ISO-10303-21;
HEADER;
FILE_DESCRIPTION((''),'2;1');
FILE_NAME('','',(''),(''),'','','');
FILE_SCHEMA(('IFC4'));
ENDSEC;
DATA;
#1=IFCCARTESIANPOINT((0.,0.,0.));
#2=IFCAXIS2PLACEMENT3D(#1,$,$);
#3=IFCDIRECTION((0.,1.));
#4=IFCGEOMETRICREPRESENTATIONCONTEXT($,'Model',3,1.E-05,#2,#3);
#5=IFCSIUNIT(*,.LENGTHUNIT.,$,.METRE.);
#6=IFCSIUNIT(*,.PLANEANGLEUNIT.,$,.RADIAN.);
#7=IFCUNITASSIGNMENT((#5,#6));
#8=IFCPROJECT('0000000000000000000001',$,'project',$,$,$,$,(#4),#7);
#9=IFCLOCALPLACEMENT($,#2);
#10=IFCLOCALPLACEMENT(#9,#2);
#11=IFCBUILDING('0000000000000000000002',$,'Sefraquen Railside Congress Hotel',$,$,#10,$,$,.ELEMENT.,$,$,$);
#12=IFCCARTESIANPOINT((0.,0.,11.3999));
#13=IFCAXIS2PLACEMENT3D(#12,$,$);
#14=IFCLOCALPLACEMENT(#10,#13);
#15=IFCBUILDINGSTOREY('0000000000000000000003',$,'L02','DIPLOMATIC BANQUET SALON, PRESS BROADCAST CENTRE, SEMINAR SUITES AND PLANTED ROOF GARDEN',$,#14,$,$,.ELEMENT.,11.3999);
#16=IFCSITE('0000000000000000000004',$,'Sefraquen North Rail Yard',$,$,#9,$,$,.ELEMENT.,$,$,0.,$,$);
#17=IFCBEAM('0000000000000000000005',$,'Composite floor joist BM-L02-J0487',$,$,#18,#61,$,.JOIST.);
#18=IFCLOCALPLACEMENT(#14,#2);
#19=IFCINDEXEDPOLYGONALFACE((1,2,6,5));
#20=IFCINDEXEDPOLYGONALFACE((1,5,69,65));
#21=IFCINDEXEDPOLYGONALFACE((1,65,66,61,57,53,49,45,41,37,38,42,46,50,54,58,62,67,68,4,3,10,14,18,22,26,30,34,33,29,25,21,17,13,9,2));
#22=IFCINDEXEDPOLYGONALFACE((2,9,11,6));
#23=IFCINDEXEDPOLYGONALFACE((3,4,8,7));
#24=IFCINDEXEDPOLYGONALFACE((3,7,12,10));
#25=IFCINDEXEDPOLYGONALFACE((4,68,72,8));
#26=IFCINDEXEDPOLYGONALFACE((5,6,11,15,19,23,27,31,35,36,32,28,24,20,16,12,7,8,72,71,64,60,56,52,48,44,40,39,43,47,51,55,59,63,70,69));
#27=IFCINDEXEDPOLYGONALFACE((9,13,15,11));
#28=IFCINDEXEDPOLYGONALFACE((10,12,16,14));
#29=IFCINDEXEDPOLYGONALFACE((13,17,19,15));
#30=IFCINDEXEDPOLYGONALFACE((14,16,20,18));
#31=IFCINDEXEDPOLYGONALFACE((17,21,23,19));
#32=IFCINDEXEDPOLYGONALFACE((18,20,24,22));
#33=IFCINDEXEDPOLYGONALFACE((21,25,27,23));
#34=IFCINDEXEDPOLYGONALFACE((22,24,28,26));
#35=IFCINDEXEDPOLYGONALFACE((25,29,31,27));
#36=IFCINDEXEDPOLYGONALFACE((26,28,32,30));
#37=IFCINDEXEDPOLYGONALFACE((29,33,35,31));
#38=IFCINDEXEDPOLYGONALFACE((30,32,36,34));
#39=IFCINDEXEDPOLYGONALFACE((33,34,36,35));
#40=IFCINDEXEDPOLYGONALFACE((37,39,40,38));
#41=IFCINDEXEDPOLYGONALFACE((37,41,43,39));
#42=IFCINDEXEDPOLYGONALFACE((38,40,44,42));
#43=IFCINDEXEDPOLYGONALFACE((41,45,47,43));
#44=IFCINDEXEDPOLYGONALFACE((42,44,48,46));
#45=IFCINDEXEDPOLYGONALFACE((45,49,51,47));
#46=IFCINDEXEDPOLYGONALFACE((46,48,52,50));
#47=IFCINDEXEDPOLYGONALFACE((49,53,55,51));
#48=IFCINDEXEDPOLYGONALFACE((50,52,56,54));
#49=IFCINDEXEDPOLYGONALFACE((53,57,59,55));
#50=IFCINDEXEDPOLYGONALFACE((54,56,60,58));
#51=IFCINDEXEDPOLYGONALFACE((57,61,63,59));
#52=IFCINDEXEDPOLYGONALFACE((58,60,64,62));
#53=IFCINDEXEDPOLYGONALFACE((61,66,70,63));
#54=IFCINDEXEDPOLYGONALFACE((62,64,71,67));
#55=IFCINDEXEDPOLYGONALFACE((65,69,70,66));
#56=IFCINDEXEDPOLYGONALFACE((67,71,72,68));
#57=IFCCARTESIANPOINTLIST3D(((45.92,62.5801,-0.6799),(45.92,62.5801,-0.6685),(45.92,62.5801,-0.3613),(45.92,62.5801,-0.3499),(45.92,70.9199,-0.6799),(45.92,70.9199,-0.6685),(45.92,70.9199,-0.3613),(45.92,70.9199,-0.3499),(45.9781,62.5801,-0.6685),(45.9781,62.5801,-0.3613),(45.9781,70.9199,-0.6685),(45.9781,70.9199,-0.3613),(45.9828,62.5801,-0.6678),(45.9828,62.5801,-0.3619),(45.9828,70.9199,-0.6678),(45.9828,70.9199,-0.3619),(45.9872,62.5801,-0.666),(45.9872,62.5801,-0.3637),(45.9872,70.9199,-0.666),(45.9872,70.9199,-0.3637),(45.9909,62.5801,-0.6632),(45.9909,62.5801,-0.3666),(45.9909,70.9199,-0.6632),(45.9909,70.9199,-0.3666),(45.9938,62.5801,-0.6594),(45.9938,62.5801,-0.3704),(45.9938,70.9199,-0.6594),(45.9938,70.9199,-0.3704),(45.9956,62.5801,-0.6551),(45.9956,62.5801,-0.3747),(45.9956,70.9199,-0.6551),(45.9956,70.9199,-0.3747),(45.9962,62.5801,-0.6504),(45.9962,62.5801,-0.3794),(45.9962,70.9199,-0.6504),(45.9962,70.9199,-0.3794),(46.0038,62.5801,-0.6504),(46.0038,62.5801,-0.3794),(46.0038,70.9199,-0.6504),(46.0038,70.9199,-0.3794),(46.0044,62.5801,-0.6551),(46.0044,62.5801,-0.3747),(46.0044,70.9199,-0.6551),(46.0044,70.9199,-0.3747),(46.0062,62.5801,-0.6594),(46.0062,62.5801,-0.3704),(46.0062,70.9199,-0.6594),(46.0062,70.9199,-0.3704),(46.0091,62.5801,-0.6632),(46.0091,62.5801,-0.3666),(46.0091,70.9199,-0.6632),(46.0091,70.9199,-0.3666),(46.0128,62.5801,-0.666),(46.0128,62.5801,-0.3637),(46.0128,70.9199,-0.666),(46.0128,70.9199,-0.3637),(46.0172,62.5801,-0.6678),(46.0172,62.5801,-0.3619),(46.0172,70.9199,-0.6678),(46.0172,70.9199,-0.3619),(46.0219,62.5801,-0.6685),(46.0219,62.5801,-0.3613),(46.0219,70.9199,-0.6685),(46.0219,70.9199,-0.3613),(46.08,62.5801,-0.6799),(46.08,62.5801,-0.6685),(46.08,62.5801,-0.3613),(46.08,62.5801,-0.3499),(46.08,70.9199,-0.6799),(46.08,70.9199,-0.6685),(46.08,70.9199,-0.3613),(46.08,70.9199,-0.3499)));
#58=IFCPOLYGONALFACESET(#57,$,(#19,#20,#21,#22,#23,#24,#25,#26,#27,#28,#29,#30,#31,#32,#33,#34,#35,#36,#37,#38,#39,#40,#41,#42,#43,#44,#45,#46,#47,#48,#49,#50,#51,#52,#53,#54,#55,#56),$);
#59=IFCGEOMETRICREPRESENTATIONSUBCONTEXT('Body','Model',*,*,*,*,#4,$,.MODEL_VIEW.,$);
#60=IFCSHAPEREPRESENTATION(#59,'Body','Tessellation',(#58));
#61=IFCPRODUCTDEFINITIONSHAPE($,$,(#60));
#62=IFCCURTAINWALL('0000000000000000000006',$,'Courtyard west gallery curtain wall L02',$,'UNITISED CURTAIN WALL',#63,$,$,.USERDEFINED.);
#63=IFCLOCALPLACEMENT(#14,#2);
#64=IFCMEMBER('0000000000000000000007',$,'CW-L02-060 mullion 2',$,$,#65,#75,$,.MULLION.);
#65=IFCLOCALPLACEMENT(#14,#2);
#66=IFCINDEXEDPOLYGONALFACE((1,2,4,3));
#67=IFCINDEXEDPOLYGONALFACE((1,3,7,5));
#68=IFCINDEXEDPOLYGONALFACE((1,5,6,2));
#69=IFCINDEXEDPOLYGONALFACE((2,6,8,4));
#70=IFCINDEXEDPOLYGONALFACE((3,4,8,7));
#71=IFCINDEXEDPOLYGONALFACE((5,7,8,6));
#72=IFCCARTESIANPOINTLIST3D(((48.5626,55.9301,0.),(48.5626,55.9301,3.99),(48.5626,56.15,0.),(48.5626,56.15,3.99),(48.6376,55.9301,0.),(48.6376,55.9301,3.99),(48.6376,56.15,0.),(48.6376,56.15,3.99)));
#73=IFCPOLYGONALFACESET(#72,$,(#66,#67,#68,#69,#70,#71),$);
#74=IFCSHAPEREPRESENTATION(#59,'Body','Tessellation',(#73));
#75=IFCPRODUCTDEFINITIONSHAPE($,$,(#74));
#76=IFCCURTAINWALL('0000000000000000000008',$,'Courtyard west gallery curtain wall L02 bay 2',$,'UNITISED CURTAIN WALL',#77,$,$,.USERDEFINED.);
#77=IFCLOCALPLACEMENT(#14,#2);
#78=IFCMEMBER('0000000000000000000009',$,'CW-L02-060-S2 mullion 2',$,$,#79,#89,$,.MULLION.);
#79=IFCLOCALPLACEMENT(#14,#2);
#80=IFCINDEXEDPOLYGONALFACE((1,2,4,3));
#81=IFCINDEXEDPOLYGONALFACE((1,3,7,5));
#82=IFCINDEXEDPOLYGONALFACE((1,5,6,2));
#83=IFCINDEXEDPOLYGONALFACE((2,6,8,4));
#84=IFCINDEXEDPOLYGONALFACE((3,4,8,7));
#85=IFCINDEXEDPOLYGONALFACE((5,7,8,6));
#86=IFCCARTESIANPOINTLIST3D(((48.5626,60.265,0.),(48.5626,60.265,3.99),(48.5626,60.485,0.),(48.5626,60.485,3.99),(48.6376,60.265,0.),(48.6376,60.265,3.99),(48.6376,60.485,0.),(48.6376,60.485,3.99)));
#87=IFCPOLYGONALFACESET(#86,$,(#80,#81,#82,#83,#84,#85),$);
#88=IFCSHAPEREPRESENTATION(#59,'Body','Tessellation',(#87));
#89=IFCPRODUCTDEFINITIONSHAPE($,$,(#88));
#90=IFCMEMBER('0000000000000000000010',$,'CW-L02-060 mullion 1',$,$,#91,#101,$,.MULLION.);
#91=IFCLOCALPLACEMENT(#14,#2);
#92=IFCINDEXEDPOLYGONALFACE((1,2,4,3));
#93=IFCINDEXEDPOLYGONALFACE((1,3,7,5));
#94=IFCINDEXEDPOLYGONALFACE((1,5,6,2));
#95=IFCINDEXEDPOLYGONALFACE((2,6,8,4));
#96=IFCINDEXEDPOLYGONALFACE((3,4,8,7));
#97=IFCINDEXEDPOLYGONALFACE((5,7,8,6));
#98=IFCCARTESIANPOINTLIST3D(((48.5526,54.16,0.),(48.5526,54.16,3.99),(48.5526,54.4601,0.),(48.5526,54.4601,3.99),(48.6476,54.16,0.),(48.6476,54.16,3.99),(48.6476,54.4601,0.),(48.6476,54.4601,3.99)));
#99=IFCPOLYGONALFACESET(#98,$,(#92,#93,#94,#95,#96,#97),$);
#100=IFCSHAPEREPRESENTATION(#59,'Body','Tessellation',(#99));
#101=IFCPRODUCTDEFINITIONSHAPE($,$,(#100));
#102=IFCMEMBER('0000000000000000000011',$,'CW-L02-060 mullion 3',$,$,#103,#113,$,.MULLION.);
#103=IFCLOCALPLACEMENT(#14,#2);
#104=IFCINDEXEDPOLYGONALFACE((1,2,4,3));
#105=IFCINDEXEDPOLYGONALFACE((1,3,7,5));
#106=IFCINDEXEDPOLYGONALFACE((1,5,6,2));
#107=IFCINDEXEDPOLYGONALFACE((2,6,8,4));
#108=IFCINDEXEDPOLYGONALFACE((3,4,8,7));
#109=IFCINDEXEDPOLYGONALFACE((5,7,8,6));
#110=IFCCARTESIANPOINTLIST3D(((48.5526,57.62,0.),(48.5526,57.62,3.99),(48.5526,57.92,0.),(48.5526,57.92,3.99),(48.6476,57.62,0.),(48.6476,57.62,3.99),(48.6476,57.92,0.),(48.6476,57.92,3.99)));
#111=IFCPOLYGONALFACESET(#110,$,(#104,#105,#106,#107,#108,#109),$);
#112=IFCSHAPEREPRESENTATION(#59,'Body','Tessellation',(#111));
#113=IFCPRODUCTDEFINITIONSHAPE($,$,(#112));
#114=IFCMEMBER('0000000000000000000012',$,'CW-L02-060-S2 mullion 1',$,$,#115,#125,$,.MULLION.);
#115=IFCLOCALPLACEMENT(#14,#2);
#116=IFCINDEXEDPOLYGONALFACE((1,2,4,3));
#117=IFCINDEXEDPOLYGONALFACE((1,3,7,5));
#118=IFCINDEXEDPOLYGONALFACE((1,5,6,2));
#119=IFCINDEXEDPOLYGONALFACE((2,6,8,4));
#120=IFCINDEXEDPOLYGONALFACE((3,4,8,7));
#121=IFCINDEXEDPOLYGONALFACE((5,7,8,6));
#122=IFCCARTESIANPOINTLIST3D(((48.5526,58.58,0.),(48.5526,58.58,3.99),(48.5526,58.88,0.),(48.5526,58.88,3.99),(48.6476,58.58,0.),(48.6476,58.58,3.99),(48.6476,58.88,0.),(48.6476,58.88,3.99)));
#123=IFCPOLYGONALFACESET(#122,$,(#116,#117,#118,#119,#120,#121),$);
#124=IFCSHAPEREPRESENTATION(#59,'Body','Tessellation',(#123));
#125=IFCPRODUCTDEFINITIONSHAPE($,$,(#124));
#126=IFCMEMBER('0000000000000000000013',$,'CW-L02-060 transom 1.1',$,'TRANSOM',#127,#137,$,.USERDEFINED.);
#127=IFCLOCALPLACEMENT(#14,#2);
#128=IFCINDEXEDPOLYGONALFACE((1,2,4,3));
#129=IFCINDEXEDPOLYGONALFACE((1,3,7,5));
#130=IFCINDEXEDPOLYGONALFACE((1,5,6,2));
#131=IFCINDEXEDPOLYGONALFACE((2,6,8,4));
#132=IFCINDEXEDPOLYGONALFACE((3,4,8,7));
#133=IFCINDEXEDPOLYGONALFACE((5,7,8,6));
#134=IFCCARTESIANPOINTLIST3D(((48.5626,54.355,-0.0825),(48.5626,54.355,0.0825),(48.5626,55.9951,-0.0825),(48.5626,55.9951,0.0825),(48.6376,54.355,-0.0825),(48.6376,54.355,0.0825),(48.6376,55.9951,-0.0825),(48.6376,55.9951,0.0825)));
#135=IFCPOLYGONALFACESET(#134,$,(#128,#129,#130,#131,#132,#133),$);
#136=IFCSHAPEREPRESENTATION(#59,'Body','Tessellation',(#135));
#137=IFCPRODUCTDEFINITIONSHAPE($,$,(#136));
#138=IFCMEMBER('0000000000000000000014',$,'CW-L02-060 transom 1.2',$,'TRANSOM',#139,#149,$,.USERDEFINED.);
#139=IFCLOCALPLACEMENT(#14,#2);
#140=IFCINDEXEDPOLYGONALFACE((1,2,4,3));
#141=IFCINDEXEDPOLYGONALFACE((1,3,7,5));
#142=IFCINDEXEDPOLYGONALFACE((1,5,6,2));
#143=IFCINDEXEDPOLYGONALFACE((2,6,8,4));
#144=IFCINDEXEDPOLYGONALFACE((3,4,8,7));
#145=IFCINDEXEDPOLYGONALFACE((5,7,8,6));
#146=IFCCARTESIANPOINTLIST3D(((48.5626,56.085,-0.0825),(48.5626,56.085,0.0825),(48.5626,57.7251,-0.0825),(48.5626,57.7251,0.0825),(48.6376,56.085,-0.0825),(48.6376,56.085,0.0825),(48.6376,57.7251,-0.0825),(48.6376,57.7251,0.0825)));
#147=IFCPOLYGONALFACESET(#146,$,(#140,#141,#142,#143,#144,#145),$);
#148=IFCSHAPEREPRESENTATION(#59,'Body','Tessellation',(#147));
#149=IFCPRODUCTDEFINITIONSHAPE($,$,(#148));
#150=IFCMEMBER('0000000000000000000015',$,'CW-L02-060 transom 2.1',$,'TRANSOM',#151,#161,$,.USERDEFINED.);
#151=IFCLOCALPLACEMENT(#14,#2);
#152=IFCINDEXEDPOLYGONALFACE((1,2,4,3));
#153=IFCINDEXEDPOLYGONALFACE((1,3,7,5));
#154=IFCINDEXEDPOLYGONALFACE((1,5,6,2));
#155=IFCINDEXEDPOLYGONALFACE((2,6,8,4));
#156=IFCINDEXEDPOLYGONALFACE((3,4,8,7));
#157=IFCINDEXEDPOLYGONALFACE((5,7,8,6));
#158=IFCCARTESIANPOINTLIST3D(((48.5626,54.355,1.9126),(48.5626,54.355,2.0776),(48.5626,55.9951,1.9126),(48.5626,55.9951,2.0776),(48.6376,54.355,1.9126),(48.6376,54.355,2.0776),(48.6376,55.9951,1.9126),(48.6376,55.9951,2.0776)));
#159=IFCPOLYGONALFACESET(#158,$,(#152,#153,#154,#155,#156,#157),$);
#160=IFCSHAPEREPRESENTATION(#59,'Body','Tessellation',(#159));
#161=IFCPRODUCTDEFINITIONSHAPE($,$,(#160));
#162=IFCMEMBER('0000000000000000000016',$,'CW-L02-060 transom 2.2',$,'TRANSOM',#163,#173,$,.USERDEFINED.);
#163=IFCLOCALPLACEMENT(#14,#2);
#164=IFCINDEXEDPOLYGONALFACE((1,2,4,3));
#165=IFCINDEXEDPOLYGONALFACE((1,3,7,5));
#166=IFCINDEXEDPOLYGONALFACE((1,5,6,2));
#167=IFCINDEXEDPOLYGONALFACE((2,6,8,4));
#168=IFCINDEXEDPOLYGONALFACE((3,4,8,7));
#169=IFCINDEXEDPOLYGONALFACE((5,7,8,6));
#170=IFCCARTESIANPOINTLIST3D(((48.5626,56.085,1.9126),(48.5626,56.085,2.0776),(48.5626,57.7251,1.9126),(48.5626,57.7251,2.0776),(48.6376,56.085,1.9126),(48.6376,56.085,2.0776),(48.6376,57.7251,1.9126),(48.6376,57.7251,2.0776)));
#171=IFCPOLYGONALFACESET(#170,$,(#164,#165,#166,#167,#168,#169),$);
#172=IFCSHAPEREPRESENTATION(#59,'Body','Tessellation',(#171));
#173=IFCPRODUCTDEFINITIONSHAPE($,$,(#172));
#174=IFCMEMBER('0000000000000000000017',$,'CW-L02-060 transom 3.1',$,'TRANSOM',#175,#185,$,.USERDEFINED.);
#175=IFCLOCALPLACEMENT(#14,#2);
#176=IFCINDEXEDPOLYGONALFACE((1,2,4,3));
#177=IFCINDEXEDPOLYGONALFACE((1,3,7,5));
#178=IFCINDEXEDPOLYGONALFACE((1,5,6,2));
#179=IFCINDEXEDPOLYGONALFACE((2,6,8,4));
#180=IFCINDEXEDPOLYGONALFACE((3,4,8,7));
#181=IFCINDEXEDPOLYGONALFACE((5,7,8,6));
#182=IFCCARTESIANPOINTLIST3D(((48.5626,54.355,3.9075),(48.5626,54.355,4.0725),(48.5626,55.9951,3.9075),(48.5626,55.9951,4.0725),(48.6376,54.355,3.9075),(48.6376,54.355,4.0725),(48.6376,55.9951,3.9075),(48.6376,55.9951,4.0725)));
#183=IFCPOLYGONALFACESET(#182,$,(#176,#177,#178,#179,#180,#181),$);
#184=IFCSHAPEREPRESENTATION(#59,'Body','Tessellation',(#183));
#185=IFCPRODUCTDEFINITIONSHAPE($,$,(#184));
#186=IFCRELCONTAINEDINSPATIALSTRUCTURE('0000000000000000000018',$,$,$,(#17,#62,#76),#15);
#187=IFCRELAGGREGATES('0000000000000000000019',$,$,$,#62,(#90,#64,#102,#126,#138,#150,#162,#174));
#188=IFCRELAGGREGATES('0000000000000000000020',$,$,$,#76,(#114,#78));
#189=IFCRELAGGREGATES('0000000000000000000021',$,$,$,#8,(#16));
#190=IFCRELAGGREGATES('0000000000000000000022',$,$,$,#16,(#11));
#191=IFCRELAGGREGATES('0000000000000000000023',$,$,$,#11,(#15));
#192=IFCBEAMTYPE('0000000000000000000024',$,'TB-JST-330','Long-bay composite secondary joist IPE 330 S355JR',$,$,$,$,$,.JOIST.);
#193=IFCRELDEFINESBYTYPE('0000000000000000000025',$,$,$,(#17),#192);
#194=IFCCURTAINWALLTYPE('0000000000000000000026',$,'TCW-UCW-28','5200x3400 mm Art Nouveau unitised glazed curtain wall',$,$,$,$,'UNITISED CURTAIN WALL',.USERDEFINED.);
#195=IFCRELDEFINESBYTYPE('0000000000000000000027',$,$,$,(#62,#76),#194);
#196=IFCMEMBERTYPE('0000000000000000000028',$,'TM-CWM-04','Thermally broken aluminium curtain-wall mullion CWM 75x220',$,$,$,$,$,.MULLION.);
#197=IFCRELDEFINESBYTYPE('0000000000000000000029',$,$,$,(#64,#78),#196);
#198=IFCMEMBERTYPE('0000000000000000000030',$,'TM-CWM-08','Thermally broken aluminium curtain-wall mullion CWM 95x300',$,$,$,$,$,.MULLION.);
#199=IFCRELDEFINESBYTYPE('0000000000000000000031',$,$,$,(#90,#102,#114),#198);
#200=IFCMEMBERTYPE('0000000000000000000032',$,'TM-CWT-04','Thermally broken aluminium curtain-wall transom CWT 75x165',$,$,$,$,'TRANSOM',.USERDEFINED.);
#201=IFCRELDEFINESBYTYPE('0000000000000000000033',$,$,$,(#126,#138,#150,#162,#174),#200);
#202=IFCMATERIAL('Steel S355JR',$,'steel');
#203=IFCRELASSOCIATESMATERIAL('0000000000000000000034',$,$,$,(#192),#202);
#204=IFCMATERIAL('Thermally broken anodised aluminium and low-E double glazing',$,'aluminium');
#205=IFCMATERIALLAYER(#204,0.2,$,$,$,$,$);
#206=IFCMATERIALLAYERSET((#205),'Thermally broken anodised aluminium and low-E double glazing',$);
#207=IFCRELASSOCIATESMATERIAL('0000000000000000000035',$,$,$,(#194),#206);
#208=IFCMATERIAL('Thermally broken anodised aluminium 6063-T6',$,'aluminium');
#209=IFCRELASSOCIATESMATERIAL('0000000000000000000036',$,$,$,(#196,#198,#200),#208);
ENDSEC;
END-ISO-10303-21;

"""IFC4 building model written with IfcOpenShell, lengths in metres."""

from ifc_helpers import new_model, si_unit, direction, frame, origin, origin_2d, place, context, subcontext, project, spatial, rectangle, i_section, extrude, material, layer, layer_set, material_profile, profile_set, type_object, element, aggregate, save


model = new_model("IFC4")

# Units and contexts
model_context = context("Model", 3, precision=1e-05, world=origin(), true_north=direction((0.0, 1.0)))
body_context = subcontext(model_context, "Body", "Model", "MODEL_VIEW")
ifc_project = project(units=[si_unit("LENGTHUNIT", "METRE"), si_unit("PLANEANGLEUNIT", "RADIAN")], contexts=[model_context])

# Site, building, storey
site_placement = place(None, origin())
site = spatial("IfcSite", under=ifc_project, at=site_placement, Name="Sefraquen North Rail Yard", CompositionType="ELEMENT", RefElevation=0.0)
building_placement = place(site_placement, origin())
building = spatial("IfcBuilding", under=site, at=building_placement, Name="Sefraquen Railside Congress Hotel", CompositionType="ELEMENT")
storey_placement = place(building_placement, frame((0.0, 0.0, 11.3999)))
storey = spatial("IfcBuildingStorey", under=building, at=storey_placement, Name="L02", Description="DIPLOMATIC BANQUET SALON, PRESS BROADCAST CENTRE, SEMINAR SUITES AND PLANTED ROOF GARDEN", CompositionType="ELEMENT", Elevation=11.3999)

# Shared definitions
ifc_material_1 = material(Name="Steel S355JR", Category="steel")

# Beam
ifc_material_profile_1 = material_profile(ifc_material_1, i_section(OverallWidth=0.1599, OverallDepth=0.3301, WebThickness=0.0076, FlangeThickness=0.0115, FilletRadius=0.0181, at=origin_2d()), Name="IPE 330")
ifc_profile_set_1 = profile_set([ifc_material_profile_1], Name="Steel S355JR")
beam_type_1 = type_object("IfcBeamType", Name="TB-JST-330", Description="Long-bay composite secondary joist IPE 330 S355JR", PredefinedType="JOIST", material=ifc_profile_set_1)
beam_1_placement = place(storey_placement, frame((46.0, 62.5801, -0.5149), z_axis=(0.0, 1.0, 0.0), x_axis=(-1.0, 0.0, 0.0)))
element("IfcBeam", 1, at=beam_1_placement, inside=storey, type_object=beam_type_1, Name="Composite floor joist BM-L02-J0487", PredefinedType="JOIST", context=body_context, shape_type="SweptSolid", body=[
    extrude(i_section(OverallWidth=0.1599, OverallDepth=0.3301, WebThickness=0.0076, FlangeThickness=0.0115, FilletRadius=0.0181, at=origin_2d()), origin(), (0.0, 0.0, 1.0), 8.3398),
])

# Curtain walls, members
ifc_material_2 = material(Name="Thermally broken anodised aluminium and low-E double glazing", Category="aluminium")
ifc_layer_1 = layer(ifc_material_2, 0.2)
ifc_layer_set_1 = layer_set([ifc_layer_1], Name="Thermally broken anodised aluminium and low-E double glazing")
curtain_wall_type = type_object("IfcCurtainWallType", Name="TCW-UCW-28", Description="5200x3400 mm Art Nouveau unitised glazed curtain wall", ElementType="UNITISED CURTAIN WALL", PredefinedType="USERDEFINED", material=ifc_layer_set_1)
curtain_wall_1_placement = place(storey_placement, origin())
curtain_wall_1 = element("IfcCurtainWall", 2, at=curtain_wall_1_placement, inside=storey, type_object=curtain_wall_type, Name="Courtyard west gallery curtain wall L02", ObjectType="UNITISED CURTAIN WALL", PredefinedType="USERDEFINED")
ifc_material_3 = material(Name="Thermally broken anodised aluminium 6063-T6", Category="aluminium")
ifc_material_profile_2 = material_profile(ifc_material_3, rectangle(XDim=0.075, YDim=0.22, at=origin_2d()), Name="CWM 75x220")
ifc_profile_set_2 = profile_set([ifc_material_profile_2], Name="Thermally broken anodised aluminium 6063-T6")
member_type_1 = type_object("IfcMemberType", Name="TM-CWM-04", Description="Thermally broken aluminium curtain-wall mullion CWM 75x220", PredefinedType="MULLION", material=ifc_profile_set_2)
member_1_placement = place(storey_placement, frame((48.6001, 56.04, 0.0), z_axis=(0.0, 0.0, 1.0), x_axis=(1.0, 0.0, 0.0)))
member_1 = element("IfcMember", 3, at=member_1_placement, type_object=member_type_1, Name="CW-L02-060 mullion 2", PredefinedType="MULLION", context=body_context, shape_type="SweptSolid", body=[
    extrude(rectangle(XDim=0.075, YDim=0.22, at=origin_2d()), origin(), (0.0, 0.0, 1.0), 3.99),
])
curtain_wall_2_placement = place(storey_placement, origin())
curtain_wall_2 = element("IfcCurtainWall", 4, at=curtain_wall_2_placement, inside=storey, type_object=curtain_wall_type, Name="Courtyard west gallery curtain wall L02 bay 2", ObjectType="UNITISED CURTAIN WALL", PredefinedType="USERDEFINED")
member_2_placement = place(storey_placement, frame((48.6001, 60.375, 0.0), z_axis=(0.0, 0.0, 1.0), x_axis=(1.0, 0.0, 0.0)))
member_2 = element("IfcMember", 5, at=member_2_placement, type_object=member_type_1, Name="CW-L02-060-S2 mullion 2", PredefinedType="MULLION", context=body_context, shape_type="SweptSolid", body=[
    extrude(rectangle(XDim=0.075, YDim=0.22, at=origin_2d()), origin(), (0.0, 0.0, 1.0), 3.99),
])

# Members
ifc_material_profile_3 = material_profile(ifc_material_3, rectangle(XDim=0.095, YDim=0.3, at=origin_2d()), Name="CWM 95x300")
ifc_profile_set_3 = profile_set([ifc_material_profile_3], Name="Thermally broken anodised aluminium 6063-T6")
member_type_2 = type_object("IfcMemberType", Name="TM-CWM-08", Description="Thermally broken aluminium curtain-wall mullion CWM 95x300", PredefinedType="MULLION", material=ifc_profile_set_3)
member_3_placement = place(storey_placement, frame((48.6001, 54.3101, 0.0), z_axis=(0.0, 0.0, 1.0), x_axis=(1.0, 0.0, 0.0)))
member_3 = element("IfcMember", 6, at=member_3_placement, type_object=member_type_2, Name="CW-L02-060 mullion 1", PredefinedType="MULLION", context=body_context, shape_type="SweptSolid", body=[
    extrude(rectangle(XDim=0.095, YDim=0.3, at=origin_2d()), origin(), (0.0, 0.0, 1.0), 3.99),
])
member_4_placement = place(storey_placement, frame((48.6001, 57.77, 0.0), z_axis=(0.0, 0.0, 1.0), x_axis=(1.0, 0.0, 0.0)))
member_4 = element("IfcMember", 7, at=member_4_placement, type_object=member_type_2, Name="CW-L02-060 mullion 3", PredefinedType="MULLION", context=body_context, shape_type="SweptSolid", body=[
    extrude(rectangle(XDim=0.095, YDim=0.3, at=origin_2d()), origin(), (0.0, 0.0, 1.0), 3.99),
])
member_5_placement = place(storey_placement, frame((48.6001, 58.73, 0.0), z_axis=(0.0, 0.0, 1.0), x_axis=(1.0, 0.0, 0.0)))
member_5 = element("IfcMember", 8, at=member_5_placement, type_object=member_type_2, Name="CW-L02-060-S2 mullion 1", PredefinedType="MULLION", context=body_context, shape_type="SweptSolid", body=[
    extrude(rectangle(XDim=0.095, YDim=0.3, at=origin_2d()), origin(), (0.0, 0.0, 1.0), 3.99),
])
ifc_material_profile_4 = material_profile(ifc_material_3, rectangle(XDim=0.075, YDim=0.165, at=origin_2d()), Name="CWT 75x165")
ifc_profile_set_4 = profile_set([ifc_material_profile_4], Name="Thermally broken anodised aluminium 6063-T6")
member_type_3 = type_object("IfcMemberType", Name="TM-CWT-04", Description="Thermally broken aluminium curtain-wall transom CWT 75x165", ElementType="TRANSOM", PredefinedType="USERDEFINED", material=ifc_profile_set_4)
member_6_placement = place(storey_placement, frame((48.6001, 54.355, 0.0), z_axis=(0.0, 1.0, 0.0), x_axis=(-1.0, 0.0, 0.0)))
member_6 = element("IfcMember", 9, at=member_6_placement, type_object=member_type_3, Name="CW-L02-060 transom 1.1", ObjectType="TRANSOM", PredefinedType="USERDEFINED", context=body_context, shape_type="SweptSolid", body=[
    extrude(rectangle(XDim=0.075, YDim=0.165, at=origin_2d()), origin(), (0.0, 0.0, 1.0), 1.6401),
])
member_7_placement = place(storey_placement, frame((48.6001, 56.085, 0.0), z_axis=(0.0, 1.0, 0.0), x_axis=(-1.0, 0.0, 0.0)))
member_7 = element("IfcMember", 10, at=member_7_placement, type_object=member_type_3, Name="CW-L02-060 transom 1.2", ObjectType="TRANSOM", PredefinedType="USERDEFINED", context=body_context, shape_type="SweptSolid", body=[
    extrude(rectangle(XDim=0.075, YDim=0.165, at=origin_2d()), origin(), (0.0, 0.0, 1.0), 1.6401),
])
member_8_placement = place(storey_placement, frame((48.6001, 54.355, 1.9951), z_axis=(0.0, 1.0, 0.0), x_axis=(-1.0, 0.0, 0.0)))
member_8 = element("IfcMember", 11, at=member_8_placement, type_object=member_type_3, Name="CW-L02-060 transom 2.1", ObjectType="TRANSOM", PredefinedType="USERDEFINED", context=body_context, shape_type="SweptSolid", body=[
    extrude(rectangle(XDim=0.075, YDim=0.165, at=origin_2d()), origin(), (0.0, 0.0, 1.0), 1.6401),
])
member_9_placement = place(storey_placement, frame((48.6001, 56.085, 1.9951), z_axis=(0.0, 1.0, 0.0), x_axis=(-1.0, 0.0, 0.0)))
member_9 = element("IfcMember", 12, at=member_9_placement, type_object=member_type_3, Name="CW-L02-060 transom 2.2", ObjectType="TRANSOM", PredefinedType="USERDEFINED", context=body_context, shape_type="SweptSolid", body=[
    extrude(rectangle(XDim=0.075, YDim=0.165, at=origin_2d()), origin(), (0.0, 0.0, 1.0), 1.6401),
])
member_10_placement = place(storey_placement, frame((48.6001, 54.355, 3.99), z_axis=(0.0, 1.0, 0.0), x_axis=(-1.0, 0.0, 0.0)))
member_10 = element("IfcMember", 13, at=member_10_placement, type_object=member_type_3, Name="CW-L02-060 transom 3.1", ObjectType="TRANSOM", PredefinedType="USERDEFINED", context=body_context, shape_type="SweptSolid", body=[
    extrude(rectangle(XDim=0.075, YDim=0.165, at=origin_2d()), origin(), (0.0, 0.0, 1.0), 1.6401),
])

aggregate(curtain_wall_1, [member_3, member_1, member_4, member_6, member_7, member_8, member_9, member_10])
aggregate(curtain_wall_2, [member_5, member_2])

save(model, "model.ifc")
